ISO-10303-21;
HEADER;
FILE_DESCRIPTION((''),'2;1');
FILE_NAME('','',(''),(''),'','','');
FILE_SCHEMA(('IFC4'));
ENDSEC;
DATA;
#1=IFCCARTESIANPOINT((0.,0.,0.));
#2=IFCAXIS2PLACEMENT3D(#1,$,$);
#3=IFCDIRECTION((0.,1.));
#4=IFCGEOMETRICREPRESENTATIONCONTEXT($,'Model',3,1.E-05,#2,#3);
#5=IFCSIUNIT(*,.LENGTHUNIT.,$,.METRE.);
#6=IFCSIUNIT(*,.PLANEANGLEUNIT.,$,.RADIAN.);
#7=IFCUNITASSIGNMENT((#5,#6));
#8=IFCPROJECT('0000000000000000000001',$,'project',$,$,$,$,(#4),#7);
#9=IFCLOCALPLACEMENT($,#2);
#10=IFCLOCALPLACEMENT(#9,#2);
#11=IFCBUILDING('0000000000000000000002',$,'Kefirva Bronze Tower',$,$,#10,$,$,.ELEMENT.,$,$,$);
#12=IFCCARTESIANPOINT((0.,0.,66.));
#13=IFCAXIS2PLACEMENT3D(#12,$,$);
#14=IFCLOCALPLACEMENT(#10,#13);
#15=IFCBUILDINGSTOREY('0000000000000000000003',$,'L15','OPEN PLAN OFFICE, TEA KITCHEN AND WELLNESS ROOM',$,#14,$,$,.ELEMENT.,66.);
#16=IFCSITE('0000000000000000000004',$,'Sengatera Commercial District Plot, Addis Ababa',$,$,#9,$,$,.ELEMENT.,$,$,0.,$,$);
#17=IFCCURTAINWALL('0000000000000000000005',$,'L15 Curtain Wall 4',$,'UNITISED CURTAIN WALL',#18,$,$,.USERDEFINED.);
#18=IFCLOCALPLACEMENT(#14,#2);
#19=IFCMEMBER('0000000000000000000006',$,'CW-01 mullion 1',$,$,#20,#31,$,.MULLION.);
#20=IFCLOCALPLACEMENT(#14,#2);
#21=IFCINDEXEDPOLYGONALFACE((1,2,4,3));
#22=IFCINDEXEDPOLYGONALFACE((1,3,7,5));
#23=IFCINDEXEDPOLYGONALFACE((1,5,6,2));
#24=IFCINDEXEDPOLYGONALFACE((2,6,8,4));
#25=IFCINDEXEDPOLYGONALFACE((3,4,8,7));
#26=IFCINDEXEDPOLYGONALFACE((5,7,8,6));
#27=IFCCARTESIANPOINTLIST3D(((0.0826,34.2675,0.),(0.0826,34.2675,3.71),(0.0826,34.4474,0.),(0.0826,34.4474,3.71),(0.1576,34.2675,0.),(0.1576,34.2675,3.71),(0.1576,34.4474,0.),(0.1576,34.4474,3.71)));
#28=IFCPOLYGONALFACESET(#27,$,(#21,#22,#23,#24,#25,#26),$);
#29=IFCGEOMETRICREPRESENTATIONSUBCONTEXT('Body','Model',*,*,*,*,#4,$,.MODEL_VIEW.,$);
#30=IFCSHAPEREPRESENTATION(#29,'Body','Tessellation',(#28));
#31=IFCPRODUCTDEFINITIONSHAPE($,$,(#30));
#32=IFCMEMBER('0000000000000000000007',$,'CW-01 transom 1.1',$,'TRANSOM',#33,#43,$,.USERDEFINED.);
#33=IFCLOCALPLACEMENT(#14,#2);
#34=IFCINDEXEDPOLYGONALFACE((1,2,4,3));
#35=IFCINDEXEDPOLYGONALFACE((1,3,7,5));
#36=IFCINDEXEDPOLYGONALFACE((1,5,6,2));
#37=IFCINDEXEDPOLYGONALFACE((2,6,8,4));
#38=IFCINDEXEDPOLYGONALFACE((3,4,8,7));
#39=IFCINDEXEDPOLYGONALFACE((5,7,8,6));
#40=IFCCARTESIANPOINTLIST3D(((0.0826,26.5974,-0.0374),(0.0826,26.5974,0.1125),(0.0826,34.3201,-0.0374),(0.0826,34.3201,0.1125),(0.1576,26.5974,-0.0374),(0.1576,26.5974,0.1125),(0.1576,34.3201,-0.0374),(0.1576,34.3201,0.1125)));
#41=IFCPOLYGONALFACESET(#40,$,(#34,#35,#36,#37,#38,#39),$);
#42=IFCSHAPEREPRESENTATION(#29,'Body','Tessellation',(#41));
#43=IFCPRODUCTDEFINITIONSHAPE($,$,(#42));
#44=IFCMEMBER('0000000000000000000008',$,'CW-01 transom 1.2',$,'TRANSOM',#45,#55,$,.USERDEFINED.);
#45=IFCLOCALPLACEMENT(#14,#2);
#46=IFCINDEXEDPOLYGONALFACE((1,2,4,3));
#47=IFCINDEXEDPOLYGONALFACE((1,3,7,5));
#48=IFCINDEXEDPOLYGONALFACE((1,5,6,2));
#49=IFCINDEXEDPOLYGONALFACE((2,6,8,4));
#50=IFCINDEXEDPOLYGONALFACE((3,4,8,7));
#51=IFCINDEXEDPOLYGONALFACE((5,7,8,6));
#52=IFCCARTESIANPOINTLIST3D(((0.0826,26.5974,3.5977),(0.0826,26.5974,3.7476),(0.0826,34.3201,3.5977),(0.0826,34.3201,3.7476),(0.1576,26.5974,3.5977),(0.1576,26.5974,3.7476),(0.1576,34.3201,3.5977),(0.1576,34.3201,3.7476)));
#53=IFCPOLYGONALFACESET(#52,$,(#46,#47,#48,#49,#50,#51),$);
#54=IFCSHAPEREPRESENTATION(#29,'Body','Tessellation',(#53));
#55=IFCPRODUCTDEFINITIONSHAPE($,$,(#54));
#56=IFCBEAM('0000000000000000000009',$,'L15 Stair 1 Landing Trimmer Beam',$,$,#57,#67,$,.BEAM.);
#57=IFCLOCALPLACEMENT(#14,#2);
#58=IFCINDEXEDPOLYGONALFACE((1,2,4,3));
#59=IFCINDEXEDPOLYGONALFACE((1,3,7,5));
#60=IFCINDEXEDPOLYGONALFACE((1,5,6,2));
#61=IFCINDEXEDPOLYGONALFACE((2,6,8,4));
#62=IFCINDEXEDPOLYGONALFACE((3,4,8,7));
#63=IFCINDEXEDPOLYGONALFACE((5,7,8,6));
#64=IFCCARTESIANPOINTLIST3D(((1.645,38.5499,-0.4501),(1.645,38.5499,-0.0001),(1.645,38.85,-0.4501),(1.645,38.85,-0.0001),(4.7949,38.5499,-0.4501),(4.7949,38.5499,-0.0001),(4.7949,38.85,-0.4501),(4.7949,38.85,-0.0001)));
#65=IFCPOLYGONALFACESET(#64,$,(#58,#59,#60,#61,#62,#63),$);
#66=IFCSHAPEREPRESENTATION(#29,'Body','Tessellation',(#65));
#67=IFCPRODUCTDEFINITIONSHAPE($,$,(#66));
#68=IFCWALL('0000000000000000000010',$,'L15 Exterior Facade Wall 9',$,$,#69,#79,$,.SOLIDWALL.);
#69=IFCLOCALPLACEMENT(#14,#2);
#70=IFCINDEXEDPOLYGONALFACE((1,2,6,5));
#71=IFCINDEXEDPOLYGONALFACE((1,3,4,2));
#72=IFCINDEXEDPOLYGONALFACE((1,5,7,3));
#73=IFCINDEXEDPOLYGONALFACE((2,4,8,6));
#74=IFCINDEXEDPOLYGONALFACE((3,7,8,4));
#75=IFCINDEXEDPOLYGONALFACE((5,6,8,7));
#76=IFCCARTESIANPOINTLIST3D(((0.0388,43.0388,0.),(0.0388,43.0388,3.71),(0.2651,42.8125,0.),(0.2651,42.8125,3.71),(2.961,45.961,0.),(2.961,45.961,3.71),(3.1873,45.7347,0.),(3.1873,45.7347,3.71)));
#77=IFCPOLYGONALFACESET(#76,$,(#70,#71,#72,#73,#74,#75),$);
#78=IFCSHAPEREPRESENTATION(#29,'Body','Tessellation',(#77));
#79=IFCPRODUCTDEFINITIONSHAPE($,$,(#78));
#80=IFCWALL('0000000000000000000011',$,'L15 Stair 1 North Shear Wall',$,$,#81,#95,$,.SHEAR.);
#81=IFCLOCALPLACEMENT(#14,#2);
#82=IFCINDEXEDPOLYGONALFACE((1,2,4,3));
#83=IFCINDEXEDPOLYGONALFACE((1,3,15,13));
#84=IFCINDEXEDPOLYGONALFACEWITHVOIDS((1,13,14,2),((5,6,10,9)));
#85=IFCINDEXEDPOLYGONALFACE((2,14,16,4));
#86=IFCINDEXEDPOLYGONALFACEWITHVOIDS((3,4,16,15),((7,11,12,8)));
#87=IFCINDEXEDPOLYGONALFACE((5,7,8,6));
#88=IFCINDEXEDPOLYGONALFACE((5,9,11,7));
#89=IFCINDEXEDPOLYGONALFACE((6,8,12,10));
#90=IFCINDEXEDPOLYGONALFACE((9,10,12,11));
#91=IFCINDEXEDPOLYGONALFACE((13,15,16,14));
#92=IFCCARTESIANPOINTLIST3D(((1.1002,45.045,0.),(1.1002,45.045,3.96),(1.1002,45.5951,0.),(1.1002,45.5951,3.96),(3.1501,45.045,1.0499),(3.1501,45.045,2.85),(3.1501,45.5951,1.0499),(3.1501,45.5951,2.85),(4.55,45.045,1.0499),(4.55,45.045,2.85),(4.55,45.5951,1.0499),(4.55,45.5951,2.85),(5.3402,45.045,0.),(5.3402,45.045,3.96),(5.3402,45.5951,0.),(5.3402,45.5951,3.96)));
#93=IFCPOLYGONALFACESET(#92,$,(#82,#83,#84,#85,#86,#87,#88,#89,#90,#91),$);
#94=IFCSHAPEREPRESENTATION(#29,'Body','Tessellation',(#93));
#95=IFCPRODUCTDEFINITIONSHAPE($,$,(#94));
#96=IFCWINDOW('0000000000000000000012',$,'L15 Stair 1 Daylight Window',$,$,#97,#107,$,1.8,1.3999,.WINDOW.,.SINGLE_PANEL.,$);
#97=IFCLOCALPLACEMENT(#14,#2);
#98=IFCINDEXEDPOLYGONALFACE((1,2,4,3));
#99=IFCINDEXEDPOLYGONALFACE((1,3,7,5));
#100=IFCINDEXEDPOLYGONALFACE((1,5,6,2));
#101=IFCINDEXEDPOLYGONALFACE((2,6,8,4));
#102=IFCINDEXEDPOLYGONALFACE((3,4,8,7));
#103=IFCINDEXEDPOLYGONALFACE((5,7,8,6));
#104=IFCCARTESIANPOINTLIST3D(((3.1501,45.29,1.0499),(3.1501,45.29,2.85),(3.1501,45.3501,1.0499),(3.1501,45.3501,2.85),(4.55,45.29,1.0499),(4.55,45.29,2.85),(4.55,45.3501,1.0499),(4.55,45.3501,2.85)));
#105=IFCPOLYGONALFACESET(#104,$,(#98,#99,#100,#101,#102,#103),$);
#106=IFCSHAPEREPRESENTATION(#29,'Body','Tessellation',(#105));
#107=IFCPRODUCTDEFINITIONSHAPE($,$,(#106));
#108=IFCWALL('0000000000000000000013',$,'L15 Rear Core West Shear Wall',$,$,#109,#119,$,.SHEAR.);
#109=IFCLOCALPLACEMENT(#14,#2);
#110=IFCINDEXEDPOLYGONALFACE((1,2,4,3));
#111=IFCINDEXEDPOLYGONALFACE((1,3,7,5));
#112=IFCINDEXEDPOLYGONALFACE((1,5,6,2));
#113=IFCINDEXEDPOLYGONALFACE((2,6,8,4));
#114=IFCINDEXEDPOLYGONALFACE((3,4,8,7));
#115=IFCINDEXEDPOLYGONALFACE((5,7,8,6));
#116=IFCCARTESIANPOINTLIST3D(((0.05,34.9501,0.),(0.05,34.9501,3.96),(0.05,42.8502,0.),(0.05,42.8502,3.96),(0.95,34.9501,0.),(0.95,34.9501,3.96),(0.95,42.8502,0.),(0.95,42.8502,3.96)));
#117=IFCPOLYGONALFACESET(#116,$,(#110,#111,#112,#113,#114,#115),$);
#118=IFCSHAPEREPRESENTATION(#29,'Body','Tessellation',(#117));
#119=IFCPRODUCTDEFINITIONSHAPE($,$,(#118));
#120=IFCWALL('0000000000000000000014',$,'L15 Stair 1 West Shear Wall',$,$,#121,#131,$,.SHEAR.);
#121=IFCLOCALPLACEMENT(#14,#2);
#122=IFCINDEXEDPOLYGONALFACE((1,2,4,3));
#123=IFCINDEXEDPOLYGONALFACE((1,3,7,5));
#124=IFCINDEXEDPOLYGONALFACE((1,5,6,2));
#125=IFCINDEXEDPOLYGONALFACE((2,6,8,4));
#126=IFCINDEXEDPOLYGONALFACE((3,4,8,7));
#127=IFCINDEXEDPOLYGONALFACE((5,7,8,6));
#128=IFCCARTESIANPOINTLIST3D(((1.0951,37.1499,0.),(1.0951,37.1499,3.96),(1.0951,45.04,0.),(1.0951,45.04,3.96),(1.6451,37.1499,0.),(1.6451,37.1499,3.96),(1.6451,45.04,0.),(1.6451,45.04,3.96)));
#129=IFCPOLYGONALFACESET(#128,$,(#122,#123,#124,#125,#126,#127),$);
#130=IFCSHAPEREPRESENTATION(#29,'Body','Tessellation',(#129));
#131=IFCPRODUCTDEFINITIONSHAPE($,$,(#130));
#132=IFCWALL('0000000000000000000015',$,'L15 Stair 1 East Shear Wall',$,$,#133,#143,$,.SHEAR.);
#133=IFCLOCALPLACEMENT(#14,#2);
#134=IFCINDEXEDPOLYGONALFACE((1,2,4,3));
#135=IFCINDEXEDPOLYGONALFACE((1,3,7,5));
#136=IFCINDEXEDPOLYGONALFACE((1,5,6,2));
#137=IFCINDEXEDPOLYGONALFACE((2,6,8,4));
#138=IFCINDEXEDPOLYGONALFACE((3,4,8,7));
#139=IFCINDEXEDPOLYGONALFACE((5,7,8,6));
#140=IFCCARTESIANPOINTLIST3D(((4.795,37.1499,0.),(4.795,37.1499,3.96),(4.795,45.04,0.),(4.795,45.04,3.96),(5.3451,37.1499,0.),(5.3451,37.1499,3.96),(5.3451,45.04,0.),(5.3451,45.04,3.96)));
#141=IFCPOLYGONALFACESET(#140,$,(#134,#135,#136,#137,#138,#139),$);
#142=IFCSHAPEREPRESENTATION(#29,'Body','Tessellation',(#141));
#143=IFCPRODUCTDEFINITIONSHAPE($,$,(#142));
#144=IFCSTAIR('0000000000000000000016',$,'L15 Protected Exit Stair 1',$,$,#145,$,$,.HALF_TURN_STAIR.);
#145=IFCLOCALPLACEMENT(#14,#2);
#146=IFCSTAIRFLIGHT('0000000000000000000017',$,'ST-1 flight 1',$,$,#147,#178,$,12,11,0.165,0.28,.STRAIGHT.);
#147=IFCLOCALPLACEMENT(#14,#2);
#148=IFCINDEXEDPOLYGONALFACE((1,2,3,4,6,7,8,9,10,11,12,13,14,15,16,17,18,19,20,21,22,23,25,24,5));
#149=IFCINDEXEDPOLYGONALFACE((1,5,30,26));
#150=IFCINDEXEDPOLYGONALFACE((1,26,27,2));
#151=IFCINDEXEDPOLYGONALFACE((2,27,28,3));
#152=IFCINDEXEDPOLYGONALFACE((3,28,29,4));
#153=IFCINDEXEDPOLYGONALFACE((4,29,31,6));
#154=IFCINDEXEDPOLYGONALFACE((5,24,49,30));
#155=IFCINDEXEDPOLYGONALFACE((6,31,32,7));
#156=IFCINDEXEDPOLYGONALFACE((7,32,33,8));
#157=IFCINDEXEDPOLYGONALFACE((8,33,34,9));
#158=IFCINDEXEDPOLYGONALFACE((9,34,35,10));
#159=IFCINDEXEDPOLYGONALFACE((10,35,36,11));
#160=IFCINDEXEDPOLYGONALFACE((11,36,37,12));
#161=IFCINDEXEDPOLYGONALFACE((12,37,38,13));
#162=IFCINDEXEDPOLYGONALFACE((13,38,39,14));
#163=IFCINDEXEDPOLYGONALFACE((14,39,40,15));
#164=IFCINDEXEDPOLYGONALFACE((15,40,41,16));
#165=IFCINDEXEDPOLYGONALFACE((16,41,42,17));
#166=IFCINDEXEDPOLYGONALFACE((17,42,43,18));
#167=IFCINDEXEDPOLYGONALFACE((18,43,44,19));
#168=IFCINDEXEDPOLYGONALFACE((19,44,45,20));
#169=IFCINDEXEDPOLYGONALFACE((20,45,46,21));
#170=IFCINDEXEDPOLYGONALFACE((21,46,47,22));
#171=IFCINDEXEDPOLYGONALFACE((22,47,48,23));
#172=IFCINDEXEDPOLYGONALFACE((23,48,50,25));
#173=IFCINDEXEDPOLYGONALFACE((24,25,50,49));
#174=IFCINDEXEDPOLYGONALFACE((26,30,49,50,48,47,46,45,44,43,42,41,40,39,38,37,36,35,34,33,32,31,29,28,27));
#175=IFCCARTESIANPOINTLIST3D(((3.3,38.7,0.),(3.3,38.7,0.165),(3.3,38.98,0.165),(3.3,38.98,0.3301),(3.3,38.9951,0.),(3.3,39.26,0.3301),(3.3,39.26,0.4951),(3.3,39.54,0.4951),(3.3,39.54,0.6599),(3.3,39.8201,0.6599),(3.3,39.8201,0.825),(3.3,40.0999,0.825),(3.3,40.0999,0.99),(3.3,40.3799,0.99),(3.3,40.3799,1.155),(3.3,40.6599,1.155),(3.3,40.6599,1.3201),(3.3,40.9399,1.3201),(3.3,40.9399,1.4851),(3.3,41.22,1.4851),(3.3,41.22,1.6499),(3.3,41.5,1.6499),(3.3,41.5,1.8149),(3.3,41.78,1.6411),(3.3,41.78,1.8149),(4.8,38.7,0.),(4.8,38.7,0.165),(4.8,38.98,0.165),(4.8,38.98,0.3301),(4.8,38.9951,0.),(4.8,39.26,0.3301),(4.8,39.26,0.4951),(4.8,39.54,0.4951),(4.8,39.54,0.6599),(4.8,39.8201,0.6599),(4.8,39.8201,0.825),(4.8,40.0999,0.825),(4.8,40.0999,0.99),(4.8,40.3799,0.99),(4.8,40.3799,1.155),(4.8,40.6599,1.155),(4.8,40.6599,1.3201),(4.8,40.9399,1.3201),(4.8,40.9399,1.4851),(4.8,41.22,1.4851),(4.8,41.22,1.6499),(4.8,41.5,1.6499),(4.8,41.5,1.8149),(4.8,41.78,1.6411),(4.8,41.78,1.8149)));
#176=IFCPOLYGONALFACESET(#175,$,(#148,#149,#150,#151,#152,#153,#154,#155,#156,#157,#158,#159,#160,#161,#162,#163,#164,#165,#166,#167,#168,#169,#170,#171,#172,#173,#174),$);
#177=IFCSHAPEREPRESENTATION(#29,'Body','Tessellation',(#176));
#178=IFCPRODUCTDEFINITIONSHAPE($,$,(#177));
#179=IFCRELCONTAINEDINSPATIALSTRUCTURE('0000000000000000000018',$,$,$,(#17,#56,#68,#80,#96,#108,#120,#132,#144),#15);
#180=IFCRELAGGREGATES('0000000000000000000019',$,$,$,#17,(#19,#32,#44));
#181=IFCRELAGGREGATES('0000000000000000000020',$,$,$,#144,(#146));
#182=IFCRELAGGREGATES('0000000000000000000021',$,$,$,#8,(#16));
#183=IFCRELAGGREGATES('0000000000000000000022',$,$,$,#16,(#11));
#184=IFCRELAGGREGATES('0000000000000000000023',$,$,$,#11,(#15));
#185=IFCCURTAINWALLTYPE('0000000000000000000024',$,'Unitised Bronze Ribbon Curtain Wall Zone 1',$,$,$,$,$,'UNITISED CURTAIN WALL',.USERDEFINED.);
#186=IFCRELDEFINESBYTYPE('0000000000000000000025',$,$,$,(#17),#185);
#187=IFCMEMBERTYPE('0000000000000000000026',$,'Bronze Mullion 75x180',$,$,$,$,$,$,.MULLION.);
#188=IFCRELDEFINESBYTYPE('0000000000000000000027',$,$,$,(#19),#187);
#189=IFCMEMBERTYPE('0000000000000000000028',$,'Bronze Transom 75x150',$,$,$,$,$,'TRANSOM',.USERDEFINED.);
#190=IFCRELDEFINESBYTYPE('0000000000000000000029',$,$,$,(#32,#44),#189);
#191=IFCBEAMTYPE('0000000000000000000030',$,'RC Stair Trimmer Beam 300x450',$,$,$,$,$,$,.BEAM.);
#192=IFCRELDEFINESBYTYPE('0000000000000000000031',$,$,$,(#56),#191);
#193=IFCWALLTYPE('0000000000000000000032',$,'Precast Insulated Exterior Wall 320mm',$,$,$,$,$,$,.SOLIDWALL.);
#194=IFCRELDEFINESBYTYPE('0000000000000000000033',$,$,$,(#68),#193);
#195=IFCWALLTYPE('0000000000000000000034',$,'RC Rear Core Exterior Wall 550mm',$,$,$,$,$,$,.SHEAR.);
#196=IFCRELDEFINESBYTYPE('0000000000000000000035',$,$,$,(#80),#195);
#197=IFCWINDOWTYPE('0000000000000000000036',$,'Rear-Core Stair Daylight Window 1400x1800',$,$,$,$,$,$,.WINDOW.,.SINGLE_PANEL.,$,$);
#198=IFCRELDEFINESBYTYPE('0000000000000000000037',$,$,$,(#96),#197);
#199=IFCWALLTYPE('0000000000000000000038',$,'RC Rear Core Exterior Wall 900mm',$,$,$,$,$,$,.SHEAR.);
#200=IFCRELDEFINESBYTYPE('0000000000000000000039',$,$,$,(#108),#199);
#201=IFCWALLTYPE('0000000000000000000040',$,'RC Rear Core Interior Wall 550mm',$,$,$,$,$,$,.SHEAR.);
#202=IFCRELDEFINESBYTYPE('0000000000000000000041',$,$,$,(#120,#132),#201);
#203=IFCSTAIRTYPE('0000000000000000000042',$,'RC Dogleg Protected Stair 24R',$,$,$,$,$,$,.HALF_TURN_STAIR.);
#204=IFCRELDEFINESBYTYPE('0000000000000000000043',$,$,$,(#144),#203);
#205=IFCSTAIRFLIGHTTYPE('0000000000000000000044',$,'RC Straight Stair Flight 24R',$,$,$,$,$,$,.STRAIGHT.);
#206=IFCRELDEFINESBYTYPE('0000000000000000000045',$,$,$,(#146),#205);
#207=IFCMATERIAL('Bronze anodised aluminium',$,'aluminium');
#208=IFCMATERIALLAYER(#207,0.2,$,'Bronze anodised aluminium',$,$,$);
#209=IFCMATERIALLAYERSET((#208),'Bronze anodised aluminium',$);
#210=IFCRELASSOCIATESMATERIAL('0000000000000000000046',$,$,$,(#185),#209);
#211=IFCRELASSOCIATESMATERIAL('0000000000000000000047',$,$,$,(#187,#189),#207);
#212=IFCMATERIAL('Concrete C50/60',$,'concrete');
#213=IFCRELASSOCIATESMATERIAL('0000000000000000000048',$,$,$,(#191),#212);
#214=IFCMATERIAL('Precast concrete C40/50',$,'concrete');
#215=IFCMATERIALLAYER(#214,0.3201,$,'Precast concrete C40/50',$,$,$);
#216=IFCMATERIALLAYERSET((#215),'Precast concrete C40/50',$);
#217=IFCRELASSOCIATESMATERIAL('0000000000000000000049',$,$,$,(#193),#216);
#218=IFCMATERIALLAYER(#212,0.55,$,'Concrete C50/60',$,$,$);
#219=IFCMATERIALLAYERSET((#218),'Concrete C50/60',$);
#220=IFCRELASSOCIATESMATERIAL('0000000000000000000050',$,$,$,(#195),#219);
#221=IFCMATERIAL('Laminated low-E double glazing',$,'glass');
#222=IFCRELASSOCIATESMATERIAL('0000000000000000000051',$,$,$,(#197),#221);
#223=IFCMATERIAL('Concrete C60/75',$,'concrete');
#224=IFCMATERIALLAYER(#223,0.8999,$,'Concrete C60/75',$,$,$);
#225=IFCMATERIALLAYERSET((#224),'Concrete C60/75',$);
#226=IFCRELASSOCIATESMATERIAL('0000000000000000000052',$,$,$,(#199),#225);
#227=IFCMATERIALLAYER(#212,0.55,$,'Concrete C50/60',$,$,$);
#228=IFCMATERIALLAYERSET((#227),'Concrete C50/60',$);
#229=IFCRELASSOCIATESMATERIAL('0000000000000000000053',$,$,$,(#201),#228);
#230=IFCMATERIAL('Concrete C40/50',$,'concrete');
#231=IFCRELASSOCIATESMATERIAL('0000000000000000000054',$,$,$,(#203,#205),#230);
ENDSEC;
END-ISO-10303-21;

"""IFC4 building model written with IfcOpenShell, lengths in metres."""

from ifc_helpers import new_model, si_unit, direction, frame, frame_2d, origin, origin_2d, place, context, subcontext, project, spatial, polyline, rectangle, outline, extrude, material, layer, layer_set, material_profile, profile_set, type_object, element, fill, aggregate, save


model = new_model("IFC4")

# Units and contexts
model_context = context("Model", 3, precision=1e-05, world=origin(), true_north=direction((0.0, 1.0)))
body_context = subcontext(model_context, "Body", "Model", "MODEL_VIEW")
ifc_project = project(units=[si_unit("LENGTHUNIT", "METRE"), si_unit("PLANEANGLEUNIT", "RADIAN")], contexts=[model_context])

# Site, building, storey
site_placement = place(None, origin())
site = spatial("IfcSite", under=ifc_project, at=site_placement, Name="Sengatera Commercial District Plot, Addis Ababa", CompositionType="ELEMENT", RefElevation=0.0)
building_placement = place(site_placement, origin())
building = spatial("IfcBuilding", under=site, at=building_placement, Name="Kefirva Bronze Tower", CompositionType="ELEMENT")
storey_placement = place(building_placement, frame((0.0, 0.0, 66.0)))
storey = spatial("IfcBuildingStorey", under=building, at=storey_placement, Name="L15", Description="OPEN PLAN OFFICE, TEA KITCHEN AND WELLNESS ROOM", CompositionType="ELEMENT", Elevation=66.0)

# Curtain wall, members
ifc_material_1 = material(Name="Bronze anodised aluminium", Category="aluminium")
ifc_layer_1 = layer(ifc_material_1, 0.2, Name="Bronze anodised aluminium")
ifc_layer_set_1 = layer_set([ifc_layer_1], Name="Bronze anodised aluminium")
curtain_wall_type = type_object("IfcCurtainWallType", Name="Unitised Bronze Ribbon Curtain Wall Zone 1", ElementType="UNITISED CURTAIN WALL", PredefinedType="USERDEFINED", material=ifc_layer_set_1)
curtain_wall_placement = place(storey_placement, origin())
curtain_wall = element("IfcCurtainWall", 1, at=curtain_wall_placement, inside=storey, type_object=curtain_wall_type, Name="L15 Curtain Wall 4", ObjectType="UNITISED CURTAIN WALL", PredefinedType="USERDEFINED")
ifc_material_profile_1 = material_profile(ifc_material_1, rectangle(XDim=0.075, YDim=0.1799, at=origin_2d()), Name="ALU 75x180")
ifc_profile_set_1 = profile_set([ifc_material_profile_1], Name="Bronze anodised aluminium")
member_type_1 = type_object("IfcMemberType", Name="Bronze Mullion 75x180", PredefinedType="MULLION", material=ifc_profile_set_1)
member_1_placement = place(storey_placement, frame((0.1201, 34.3574, 0.0), z_axis=(0.0, 0.0, 1.0), x_axis=(1.0, 0.0, 0.0)))
member_1 = element("IfcMember", 2, at=member_1_placement, type_object=member_type_1, Name="CW-01 mullion 1", PredefinedType="MULLION", context=body_context, shape_type="SweptSolid", body=[
    extrude(rectangle(XDim=0.075, YDim=0.1799, at=origin_2d()), origin(), (0.0, 0.0, 1.0), 3.71),
])
ifc_material_profile_2 = material_profile(ifc_material_1, rectangle(XDim=0.075, YDim=0.1499, at=origin_2d()), Name="ALU 75x150")
ifc_profile_set_2 = profile_set([ifc_material_profile_2], Name="Bronze anodised aluminium")
member_type_2 = type_object("IfcMemberType", Name="Bronze Transom 75x150", ElementType="TRANSOM", PredefinedType="USERDEFINED", material=ifc_profile_set_2)
member_2_placement = place(storey_placement, frame((0.1201, 34.3201, 0.0376), z_axis=(0.0, -1.0, 0.0), x_axis=(1.0, 0.0, 0.0)))
member_2 = element("IfcMember", 3, at=member_2_placement, type_object=member_type_2, Name="CW-01 transom 1.1", ObjectType="TRANSOM", PredefinedType="USERDEFINED", context=body_context, shape_type="SweptSolid", body=[
    extrude(rectangle(XDim=0.075, YDim=0.1499, at=origin_2d()), origin(), (0.0, 0.0, 1.0), 7.7227),
])
member_3_placement = place(storey_placement, frame((0.1201, 34.3201, 3.6726), z_axis=(0.0, -1.0, 0.0), x_axis=(1.0, 0.0, 0.0)))
member_3 = element("IfcMember", 4, at=member_3_placement, type_object=member_type_2, Name="CW-01 transom 1.2", ObjectType="TRANSOM", PredefinedType="USERDEFINED", context=body_context, shape_type="SweptSolid", body=[
    extrude(rectangle(XDim=0.075, YDim=0.1499, at=origin_2d()), origin(), (0.0, 0.0, 1.0), 7.7227),
])
aggregate(curtain_wall, [member_1, member_2, member_3])

# Beam
ifc_material_2 = material(Name="Concrete C50/60", Category="concrete")
ifc_material_profile_3 = material_profile(ifc_material_2, rectangle(XDim=0.3, YDim=0.45, at=origin_2d()), Name="RC 300x450")
ifc_profile_set_3 = profile_set([ifc_material_profile_3], Name="Concrete C50/60")
beam_type = type_object("IfcBeamType", Name="RC Stair Trimmer Beam 300x450", PredefinedType="BEAM", material=ifc_profile_set_3)
beam_placement = place(storey_placement, frame((1.645, 38.7, -0.2251), z_axis=(1.0, 0.0, 0.0), x_axis=(0.0, 1.0, 0.0)))
element("IfcBeam", 5, at=beam_placement, inside=storey, type_object=beam_type, Name="L15 Stair 1 Landing Trimmer Beam", PredefinedType="BEAM", context=body_context, shape_type="SweptSolid", body=[
    extrude(rectangle(XDim=0.3, YDim=0.45, at=origin_2d()), origin(), (0.0, 0.0, 1.0), 3.1499),
])

# Wall
ifc_material_3 = material(Name="Precast concrete C40/50", Category="concrete")
ifc_layer_2 = layer(ifc_material_3, 0.3201, Name="Precast concrete C40/50")
ifc_layer_set_2 = layer_set([ifc_layer_2], Name="Precast concrete C40/50")
wall_type_1 = type_object("IfcWallType", Name="Precast Insulated Exterior Wall 320mm", PredefinedType="SOLIDWALL", material=ifc_layer_set_2)
wall_1_placement = place(storey_placement, frame((3.0742, 45.8479, 0.0), z_axis=(0.0, 0.0, 1.0), x_axis=(-0.707107, -0.707107, 0.0)))
element("IfcWall", 6, at=wall_1_placement, inside=storey, type_object=wall_type_1, Name="L15 Exterior Facade Wall 9", PredefinedType="SOLIDWALL", context=body_context, shape_type="SweptSolid", body=[
    extrude(rectangle(XDim=4.1326, YDim=0.3201, at=frame_2d((2.0664, 0.0))), origin(), (0.0, 0.0, 1.0), 3.71),
])

# Wall, opening, window
ifc_layer_3 = layer(ifc_material_2, 0.55, Name="Concrete C50/60")
ifc_layer_set_3 = layer_set([ifc_layer_3], Name="Concrete C50/60")
wall_type_2 = type_object("IfcWallType", Name="RC Rear Core Exterior Wall 550mm", PredefinedType="SHEAR", material=ifc_layer_set_3)
wall_2_placement = place(storey_placement, frame((1.1001, 45.3201, 0.0), z_axis=(0.0, 0.0, 1.0), x_axis=(1.0, 0.0, 0.0)))
wall_2 = element("IfcWall", 7, at=wall_2_placement, inside=storey, type_object=wall_type_2, Name="L15 Stair 1 North Shear Wall", PredefinedType="SHEAR", context=body_context, shape_type="SweptSolid", body=[
    extrude(rectangle(XDim=4.24, YDim=0.55, at=frame_2d((2.1201, 0.0))), origin(), (0.0, 0.0, 1.0), 3.96),
])
opening_1_placement = place(wall_2_placement, frame((2.05, 0.0, 1.05)))
opening_1 = element("IfcOpeningElement", 8, at=opening_1_placement, cuts=wall_2, PredefinedType="OPENING", context=body_context, shape_type="SweptSolid", body=[
    extrude(rectangle(XDim=1.3999, YDim=1.8, at=frame_2d((0.7, 0.8999))), frame((0.0, 0.2852, 0.0), z_axis=(0.0, -1.0, 0.0), x_axis=(1.0, 0.0, 0.0)), (0.0, 0.0, 1.0), 0.5701),
])
ifc_material_4 = material(Name="Laminated low-E double glazing", Category="glass")
window_type = type_object("IfcWindowType", Name="Rear-Core Stair Daylight Window 1400x1800", PartitioningType="SINGLE_PANEL", PredefinedType="WINDOW", material=ifc_material_4)
window_placement = place(opening_1_placement, origin())
window = element("IfcWindow", 9, at=window_placement, inside=storey, type_object=window_type, Name="L15 Stair 1 Daylight Window", OverallHeight=1.8, OverallWidth=1.3999, PartitioningType="SINGLE_PANEL", PredefinedType="WINDOW", context=body_context, shape_type="SweptSolid", body=[
    extrude(rectangle(XDim=1.3999, YDim=1.8, at=frame_2d((0.7, 0.8999))), frame((0.0, 0.03, 0.0), z_axis=(0.0, -1.0, 0.0), x_axis=(1.0, 0.0, 0.0)), (0.0, 0.0, 1.0), 0.0601),
])
fill(opening_1, window)

# Walls
ifc_material_5 = material(Name="Concrete C60/75", Category="concrete")
ifc_layer_4 = layer(ifc_material_5, 0.8999, Name="Concrete C60/75")
ifc_layer_set_4 = layer_set([ifc_layer_4], Name="Concrete C60/75")
wall_type_3 = type_object("IfcWallType", Name="RC Rear Core Exterior Wall 900mm", PredefinedType="SHEAR", material=ifc_layer_set_4)
wall_3_placement = place(storey_placement, frame((0.5, 34.95, 0.0), z_axis=(0.0, 0.0, 1.0), x_axis=(0.0, 1.0, 0.0)))
element("IfcWall", 10, at=wall_3_placement, inside=storey, type_object=wall_type_3, Name="L15 Rear Core West Shear Wall", PredefinedType="SHEAR", context=body_context, shape_type="SweptSolid", body=[
    extrude(rectangle(XDim=7.9001, YDim=0.8999, at=frame_2d((3.9502, 0.0))), origin(), (0.0, 0.0, 1.0), 3.96),
])
ifc_layer_5 = layer(ifc_material_2, 0.55, Name="Concrete C50/60")
ifc_layer_set_5 = layer_set([ifc_layer_5], Name="Concrete C50/60")
wall_type_4 = type_object("IfcWallType", Name="RC Rear Core Interior Wall 550mm", PredefinedType="SHEAR", material=ifc_layer_set_5)
for number, where, z_axis, x_axis, name in (
    (11, (1.3701, 37.1499, 0.0), (0.0, 0.0, 1.0), (0.0, 1.0, 0.0), "L15 Stair 1 West Shear Wall"),
    (12, (5.0701, 37.1499, 0.0), (0.0, 0.0, 1.0), (0.0, 1.0, 0.0), "L15 Stair 1 East Shear Wall"),
):
    element("IfcWall", number, at=place(storey_placement, frame(where, z_axis=z_axis, x_axis=x_axis)), inside=storey, type_object=wall_type_4, Name=name, PredefinedType="SHEAR", context=body_context, shape_type="SweptSolid", body=[
        extrude(rectangle(XDim=7.8901, YDim=0.55, at=frame_2d((3.9451, 0.0))), origin(), (0.0, 0.0, 1.0), 3.96),
    ])

# Stair, stair flight
ifc_material_6 = material(Name="Concrete C40/50", Category="concrete")
stair_type = type_object("IfcStairType", Name="RC Dogleg Protected Stair 24R", PredefinedType="HALF_TURN_STAIR", material=ifc_material_6)
stair_placement = place(storey_placement, origin())
stair = element("IfcStair", 13, at=stair_placement, inside=storey, type_object=stair_type, Name="L15 Protected Exit Stair 1", PredefinedType="HALF_TURN_STAIR")
stair_flight_type = type_object("IfcStairFlightType", Name="RC Straight Stair Flight 24R", PredefinedType="STRAIGHT", material=ifc_material_6)
stair_flight_1_placement = place(storey_placement, frame((4.05, 38.7, 0.0), z_axis=(0.0, 0.0, 1.0), x_axis=(0.0, 1.0, 0.0)))
stair_flight_1 = element("IfcStairFlight", 14, at=stair_flight_1_placement, type_object=stair_flight_type, Name="ST-1 flight 1", NumberOfRisers=12, NumberOfTreads=11, PredefinedType="STRAIGHT", RiserHeight=0.165, TreadLength=0.28, context=body_context, shape_type="SweptSolid", body=[
    extrude(outline(polyline([(0.0, 0.0), (0.0, 0.165), (0.28, 0.165), (0.28, 0.3301), (0.5601, 0.3301), (0.5601, 0.4951), (0.8401, 0.4951), (0.8401, 0.6599), (1.1201, 0.6599), (1.1201, 0.825), (1.3999, 0.825), (1.3999, 0.99), (1.6799, 0.99), (1.6799, 1.155), (1.96, 1.155), (1.96, 1.3201), (2.24, 1.3201), (2.24, 1.4851), (2.52, 1.4851), (2.52, 1.6499), (2.8, 1.6499), (2.8, 1.8149), (3.0801, 1.8149), (3.0801, 1.98), (3.0801, 1.6411), (0.2952, 0.0), (0.0, 0.0)])), frame((0.0, 0.75, 0.0), z_axis=(0.0, -1.0, 0.0), x_axis=(1.0, 0.0, 0.0)), (0.0, 0.0, 1.0), 1.5),
])
aggregate(stair, [stair_flight_1])

save(model, "model.ifc")
